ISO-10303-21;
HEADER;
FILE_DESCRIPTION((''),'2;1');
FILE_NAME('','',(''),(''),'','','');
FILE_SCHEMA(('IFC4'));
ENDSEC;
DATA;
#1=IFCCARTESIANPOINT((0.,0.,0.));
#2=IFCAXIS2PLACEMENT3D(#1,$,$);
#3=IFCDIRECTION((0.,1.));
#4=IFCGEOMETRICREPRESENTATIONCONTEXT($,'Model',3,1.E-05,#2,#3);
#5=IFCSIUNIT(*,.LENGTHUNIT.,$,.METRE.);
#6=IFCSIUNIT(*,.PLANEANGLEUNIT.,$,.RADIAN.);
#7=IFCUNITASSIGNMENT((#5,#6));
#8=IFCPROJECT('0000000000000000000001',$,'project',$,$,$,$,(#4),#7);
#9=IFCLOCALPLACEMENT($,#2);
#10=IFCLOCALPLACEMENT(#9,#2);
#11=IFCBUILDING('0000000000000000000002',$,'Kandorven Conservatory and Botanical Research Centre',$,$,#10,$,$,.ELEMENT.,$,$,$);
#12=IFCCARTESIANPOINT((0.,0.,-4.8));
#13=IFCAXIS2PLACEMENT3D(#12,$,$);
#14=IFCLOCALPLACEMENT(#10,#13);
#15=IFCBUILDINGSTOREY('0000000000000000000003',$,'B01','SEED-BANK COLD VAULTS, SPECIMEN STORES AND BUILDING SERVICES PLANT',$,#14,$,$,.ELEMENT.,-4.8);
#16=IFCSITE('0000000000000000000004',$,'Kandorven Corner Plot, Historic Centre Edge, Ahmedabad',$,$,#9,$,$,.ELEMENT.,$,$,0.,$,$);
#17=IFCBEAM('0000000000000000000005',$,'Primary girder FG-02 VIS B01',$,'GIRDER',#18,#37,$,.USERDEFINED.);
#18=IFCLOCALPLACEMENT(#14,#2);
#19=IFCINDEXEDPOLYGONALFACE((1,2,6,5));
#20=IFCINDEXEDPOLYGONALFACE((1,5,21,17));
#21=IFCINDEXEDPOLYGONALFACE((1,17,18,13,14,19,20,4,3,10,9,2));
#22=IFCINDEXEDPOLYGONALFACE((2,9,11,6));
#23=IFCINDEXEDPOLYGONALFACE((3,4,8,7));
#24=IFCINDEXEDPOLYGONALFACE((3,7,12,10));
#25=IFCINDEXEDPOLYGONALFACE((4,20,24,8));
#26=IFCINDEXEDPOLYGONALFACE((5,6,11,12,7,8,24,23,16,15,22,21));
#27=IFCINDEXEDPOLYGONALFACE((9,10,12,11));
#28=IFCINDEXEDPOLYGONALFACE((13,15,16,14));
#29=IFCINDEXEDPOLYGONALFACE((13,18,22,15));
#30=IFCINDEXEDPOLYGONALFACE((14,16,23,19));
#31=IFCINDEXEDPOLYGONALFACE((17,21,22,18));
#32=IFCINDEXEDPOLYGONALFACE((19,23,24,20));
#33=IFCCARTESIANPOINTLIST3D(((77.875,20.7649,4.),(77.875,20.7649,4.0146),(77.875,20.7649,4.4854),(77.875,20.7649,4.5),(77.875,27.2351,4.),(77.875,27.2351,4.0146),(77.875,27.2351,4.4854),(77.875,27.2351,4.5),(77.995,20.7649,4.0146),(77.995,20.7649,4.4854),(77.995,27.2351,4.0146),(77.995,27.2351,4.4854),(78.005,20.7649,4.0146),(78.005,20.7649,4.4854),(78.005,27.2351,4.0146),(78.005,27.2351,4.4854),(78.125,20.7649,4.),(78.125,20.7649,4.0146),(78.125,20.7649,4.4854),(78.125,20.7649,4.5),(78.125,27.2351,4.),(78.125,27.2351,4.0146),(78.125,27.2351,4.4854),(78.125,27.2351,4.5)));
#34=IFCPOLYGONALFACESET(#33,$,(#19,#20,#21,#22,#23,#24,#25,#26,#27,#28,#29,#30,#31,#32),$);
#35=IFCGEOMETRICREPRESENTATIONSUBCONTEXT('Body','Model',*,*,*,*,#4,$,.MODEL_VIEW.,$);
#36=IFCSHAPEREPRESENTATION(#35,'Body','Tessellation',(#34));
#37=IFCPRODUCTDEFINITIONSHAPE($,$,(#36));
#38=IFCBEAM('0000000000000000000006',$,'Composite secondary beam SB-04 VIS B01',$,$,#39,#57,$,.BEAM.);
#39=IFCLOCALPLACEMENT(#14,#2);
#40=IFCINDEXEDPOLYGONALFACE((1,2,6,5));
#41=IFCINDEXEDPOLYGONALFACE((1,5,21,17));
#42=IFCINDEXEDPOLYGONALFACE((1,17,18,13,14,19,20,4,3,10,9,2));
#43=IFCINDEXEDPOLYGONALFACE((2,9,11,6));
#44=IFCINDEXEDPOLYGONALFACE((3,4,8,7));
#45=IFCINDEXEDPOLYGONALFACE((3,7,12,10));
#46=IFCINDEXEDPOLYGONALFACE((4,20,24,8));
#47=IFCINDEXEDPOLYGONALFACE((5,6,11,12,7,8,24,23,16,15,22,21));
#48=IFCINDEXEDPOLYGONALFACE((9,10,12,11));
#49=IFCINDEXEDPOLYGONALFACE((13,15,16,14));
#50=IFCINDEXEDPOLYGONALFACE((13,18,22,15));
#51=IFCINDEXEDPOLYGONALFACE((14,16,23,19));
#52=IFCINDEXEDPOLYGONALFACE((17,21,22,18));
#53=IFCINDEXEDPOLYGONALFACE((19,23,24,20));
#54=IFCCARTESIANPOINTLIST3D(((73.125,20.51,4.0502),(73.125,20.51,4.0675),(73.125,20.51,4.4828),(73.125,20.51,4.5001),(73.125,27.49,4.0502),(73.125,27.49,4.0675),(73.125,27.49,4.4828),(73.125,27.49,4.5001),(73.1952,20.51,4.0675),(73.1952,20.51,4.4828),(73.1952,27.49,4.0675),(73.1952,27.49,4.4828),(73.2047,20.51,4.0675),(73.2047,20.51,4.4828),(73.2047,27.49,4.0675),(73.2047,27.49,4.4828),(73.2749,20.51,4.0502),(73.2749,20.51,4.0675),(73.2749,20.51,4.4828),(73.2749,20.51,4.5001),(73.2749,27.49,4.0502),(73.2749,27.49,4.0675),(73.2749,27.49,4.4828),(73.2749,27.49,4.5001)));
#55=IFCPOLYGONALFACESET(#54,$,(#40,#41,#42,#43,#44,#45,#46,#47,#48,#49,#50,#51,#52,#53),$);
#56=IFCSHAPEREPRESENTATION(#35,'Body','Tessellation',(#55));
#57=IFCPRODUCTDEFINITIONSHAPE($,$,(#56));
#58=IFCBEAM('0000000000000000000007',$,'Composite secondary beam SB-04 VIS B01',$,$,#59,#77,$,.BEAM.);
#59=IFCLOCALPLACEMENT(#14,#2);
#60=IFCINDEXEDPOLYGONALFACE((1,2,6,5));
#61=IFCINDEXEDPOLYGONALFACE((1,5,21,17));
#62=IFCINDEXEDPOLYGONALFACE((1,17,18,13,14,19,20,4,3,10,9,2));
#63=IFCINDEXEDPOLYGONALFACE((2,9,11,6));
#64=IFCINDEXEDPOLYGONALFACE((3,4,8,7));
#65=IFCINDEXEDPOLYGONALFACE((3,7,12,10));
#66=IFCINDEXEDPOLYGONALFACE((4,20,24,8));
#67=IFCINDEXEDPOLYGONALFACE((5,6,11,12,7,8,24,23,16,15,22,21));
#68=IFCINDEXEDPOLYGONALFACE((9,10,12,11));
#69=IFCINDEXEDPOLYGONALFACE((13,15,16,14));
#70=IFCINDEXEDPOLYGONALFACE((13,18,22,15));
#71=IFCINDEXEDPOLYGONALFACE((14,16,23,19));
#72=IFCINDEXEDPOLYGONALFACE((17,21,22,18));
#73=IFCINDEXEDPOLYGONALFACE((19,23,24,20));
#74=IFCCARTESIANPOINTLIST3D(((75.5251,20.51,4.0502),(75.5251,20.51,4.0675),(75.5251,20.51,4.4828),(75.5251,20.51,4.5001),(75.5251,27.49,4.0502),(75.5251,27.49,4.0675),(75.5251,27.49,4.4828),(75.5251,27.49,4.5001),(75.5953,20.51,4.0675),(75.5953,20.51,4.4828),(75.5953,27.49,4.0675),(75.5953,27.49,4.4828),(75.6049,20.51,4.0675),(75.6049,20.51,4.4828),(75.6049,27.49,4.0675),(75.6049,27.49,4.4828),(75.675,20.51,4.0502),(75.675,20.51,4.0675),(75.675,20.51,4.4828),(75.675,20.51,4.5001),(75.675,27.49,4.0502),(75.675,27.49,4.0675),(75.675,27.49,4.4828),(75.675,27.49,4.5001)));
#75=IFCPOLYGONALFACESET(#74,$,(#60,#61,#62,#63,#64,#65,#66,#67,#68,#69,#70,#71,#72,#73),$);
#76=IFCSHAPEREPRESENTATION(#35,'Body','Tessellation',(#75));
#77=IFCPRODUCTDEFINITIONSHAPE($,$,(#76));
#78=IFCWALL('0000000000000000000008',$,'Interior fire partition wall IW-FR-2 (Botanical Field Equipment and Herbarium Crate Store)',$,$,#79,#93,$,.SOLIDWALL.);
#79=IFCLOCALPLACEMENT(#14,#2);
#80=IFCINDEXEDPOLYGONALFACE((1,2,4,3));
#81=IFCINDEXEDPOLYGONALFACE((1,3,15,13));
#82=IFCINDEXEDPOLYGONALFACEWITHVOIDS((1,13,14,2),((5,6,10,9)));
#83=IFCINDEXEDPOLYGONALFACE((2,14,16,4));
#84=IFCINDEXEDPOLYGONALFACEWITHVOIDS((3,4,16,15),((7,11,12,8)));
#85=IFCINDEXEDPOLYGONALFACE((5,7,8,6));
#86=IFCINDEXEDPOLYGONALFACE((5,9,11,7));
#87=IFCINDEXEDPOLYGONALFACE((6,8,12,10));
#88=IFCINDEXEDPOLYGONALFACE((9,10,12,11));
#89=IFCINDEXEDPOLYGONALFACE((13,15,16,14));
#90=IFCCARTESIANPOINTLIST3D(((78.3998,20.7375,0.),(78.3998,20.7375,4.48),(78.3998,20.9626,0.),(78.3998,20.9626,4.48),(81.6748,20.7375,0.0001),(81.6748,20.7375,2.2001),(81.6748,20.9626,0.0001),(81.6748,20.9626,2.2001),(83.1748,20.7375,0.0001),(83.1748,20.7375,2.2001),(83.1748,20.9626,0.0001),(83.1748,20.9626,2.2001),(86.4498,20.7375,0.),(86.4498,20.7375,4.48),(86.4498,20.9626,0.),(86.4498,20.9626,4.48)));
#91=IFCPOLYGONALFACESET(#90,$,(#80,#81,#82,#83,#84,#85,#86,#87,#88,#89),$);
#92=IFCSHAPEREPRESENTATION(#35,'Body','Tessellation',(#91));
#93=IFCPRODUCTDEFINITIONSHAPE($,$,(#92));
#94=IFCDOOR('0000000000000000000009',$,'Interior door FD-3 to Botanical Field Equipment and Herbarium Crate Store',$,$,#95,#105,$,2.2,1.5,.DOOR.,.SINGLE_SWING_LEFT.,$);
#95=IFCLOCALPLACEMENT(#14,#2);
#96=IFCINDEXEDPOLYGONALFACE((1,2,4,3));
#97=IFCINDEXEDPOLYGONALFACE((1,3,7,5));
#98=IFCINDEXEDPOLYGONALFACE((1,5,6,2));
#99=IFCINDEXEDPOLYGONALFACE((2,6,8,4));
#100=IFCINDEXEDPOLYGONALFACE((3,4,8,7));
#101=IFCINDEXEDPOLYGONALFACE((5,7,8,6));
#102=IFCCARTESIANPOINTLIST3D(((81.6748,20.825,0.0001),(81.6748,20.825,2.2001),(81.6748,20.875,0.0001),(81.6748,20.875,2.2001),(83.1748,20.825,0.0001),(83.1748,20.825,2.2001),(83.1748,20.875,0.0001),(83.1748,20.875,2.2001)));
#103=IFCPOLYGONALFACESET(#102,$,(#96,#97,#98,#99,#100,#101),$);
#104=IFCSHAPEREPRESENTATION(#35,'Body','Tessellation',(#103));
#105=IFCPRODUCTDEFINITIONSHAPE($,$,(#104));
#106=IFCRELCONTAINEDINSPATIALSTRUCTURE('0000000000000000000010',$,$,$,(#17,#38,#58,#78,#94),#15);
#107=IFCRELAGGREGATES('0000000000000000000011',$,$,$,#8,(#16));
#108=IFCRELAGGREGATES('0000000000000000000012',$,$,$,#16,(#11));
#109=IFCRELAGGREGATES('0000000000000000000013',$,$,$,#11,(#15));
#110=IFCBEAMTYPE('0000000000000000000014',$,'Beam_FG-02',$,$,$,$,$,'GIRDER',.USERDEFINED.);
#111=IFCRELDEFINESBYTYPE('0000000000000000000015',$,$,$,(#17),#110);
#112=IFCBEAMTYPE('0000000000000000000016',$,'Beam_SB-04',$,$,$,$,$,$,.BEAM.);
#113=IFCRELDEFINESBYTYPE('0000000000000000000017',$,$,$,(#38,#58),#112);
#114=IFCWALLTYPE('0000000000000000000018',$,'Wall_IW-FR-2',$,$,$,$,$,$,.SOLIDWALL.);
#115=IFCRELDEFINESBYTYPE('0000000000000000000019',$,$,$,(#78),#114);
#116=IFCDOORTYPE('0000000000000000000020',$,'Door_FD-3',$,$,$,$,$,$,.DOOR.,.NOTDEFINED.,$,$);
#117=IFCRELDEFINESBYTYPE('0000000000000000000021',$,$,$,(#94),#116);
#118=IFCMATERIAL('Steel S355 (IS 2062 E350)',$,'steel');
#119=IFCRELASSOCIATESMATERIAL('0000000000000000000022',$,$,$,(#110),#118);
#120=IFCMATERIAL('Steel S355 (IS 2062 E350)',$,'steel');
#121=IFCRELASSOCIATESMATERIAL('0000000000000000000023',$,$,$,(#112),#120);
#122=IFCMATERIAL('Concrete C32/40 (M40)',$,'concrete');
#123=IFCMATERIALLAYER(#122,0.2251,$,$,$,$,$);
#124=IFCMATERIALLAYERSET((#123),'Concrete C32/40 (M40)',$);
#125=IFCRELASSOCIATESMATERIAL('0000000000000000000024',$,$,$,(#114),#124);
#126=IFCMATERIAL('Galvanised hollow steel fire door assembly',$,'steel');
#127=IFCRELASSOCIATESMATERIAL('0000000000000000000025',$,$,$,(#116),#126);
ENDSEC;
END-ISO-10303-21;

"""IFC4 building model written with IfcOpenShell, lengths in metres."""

from ifc_helpers import new_model, si_unit, direction, frame, frame_2d, origin, origin_2d, place, context, subcontext, project, spatial, rectangle, i_section, extrude, material, layer, layer_set, material_profile, profile_set, type_object, element, fill, save


model = new_model("IFC4")

# Units and contexts
model_context = context("Model", 3, precision=1e-05, world=origin(), true_north=direction((0.0, 1.0)))
body_context = subcontext(model_context, "Body", "Model", "MODEL_VIEW")
ifc_project = project(units=[si_unit("LENGTHUNIT", "METRE"), si_unit("PLANEANGLEUNIT", "RADIAN")], contexts=[model_context])

# Site, building, storey
site_placement = place(None, origin())
site = spatial("IfcSite", under=ifc_project, at=site_placement, Name="Kandorven Corner Plot, Historic Centre Edge, Ahmedabad", CompositionType="ELEMENT", RefElevation=0.0)
building_placement = place(site_placement, origin())
building = spatial("IfcBuilding", under=site, at=building_placement, Name="Kandorven Conservatory and Botanical Research Centre", CompositionType="ELEMENT")
storey_placement = place(building_placement, frame((0.0, 0.0, -4.8)))
storey = spatial("IfcBuildingStorey", under=building, at=storey_placement, Name="B01", Description="SEED-BANK COLD VAULTS, SPECIMEN STORES AND BUILDING SERVICES PLANT", CompositionType="ELEMENT", Elevation=-4.8)

# Beams
ifc_material_1 = material(Name="Steel S355 (IS 2062 E350)", Category="steel")
ifc_material_profile_1 = material_profile(ifc_material_1, i_section(OverallWidth=0.25, OverallDepth=0.5, WebThickness=0.01, FlangeThickness=0.0146, at=origin_2d()))
ifc_profile_set_1 = profile_set([ifc_material_profile_1], Name="Steel S355 (IS 2062 E350)")
beam_type_1 = type_object("IfcBeamType", Name="Beam_FG-02", ElementType="GIRDER", PredefinedType="USERDEFINED", material=ifc_profile_set_1)
for number, where, z_axis, x_axis, name in (
    (1, (78.0, 20.7649, 4.25), (0.0, 1.0, 0.0), (-1.0, 0.0, 0.0), "Primary girder FG-02 VIS B01"),
):
    element("IfcBeam", number, at=place(storey_placement, frame(where, z_axis=z_axis, x_axis=x_axis)), inside=storey, type_object=beam_type_1, Name=name, ObjectType="GIRDER", PredefinedType="USERDEFINED", context=body_context, shape_type="SweptSolid", body=[
        extrude(i_section(OverallWidth=0.25, OverallDepth=0.5, WebThickness=0.01, FlangeThickness=0.0146, at=origin_2d()), origin(), (0.0, 0.0, 1.0), 6.4702),
    ])
ifc_material_2 = material(Name="Steel S355 (IS 2062 E350)", Category="steel")
ifc_material_profile_2 = material_profile(ifc_material_2, i_section(OverallWidth=0.1499, OverallDepth=0.45, WebThickness=0.0095, FlangeThickness=0.0173, at=origin_2d()))
ifc_profile_set_2 = profile_set([ifc_material_profile_2], Name="Steel S355 (IS 2062 E350)")
beam_type_2 = type_object("IfcBeamType", Name="Beam_SB-04", PredefinedType="BEAM", material=ifc_profile_set_2)
for number, where, z_axis, x_axis, name in (
    (2, (73.2, 20.51, 4.2751), (0.0, 1.0, 0.0), (-1.0, 0.0, 0.0), "Composite secondary beam SB-04 VIS B01"),
    (3, (75.6001, 20.51, 4.2751), (0.0, 1.0, 0.0), (-1.0, 0.0, 0.0), "Composite secondary beam SB-04 VIS B01"),
):
    element("IfcBeam", number, at=place(storey_placement, frame(where, z_axis=z_axis, x_axis=x_axis)), inside=storey, type_object=beam_type_2, Name=name, PredefinedType="BEAM", context=body_context, shape_type="SweptSolid", body=[
        extrude(i_section(OverallWidth=0.1499, OverallDepth=0.45, WebThickness=0.0095, FlangeThickness=0.0173, at=origin_2d()), origin(), (0.0, 0.0, 1.0), 6.98),
    ])

# Wall, opening, door
ifc_material_3 = material(Name="Concrete C32/40 (M40)", Category="concrete")
ifc_layer = layer(ifc_material_3, 0.2251)
ifc_layer_set = layer_set([ifc_layer], Name="Concrete C32/40 (M40)")
wall_type = type_object("IfcWallType", Name="Wall_IW-FR-2", PredefinedType="SOLIDWALL", material=ifc_layer_set)
wall_placement = place(storey_placement, frame((78.3999, 20.8501, 0.0), z_axis=(0.0, 0.0, 1.0), x_axis=(1.0, 0.0, 0.0)))
wall = element("IfcWall", 4, at=wall_placement, inside=storey, type_object=wall_type, Name="Interior fire partition wall IW-FR-2 (Botanical Field Equipment and Herbarium Crate Store)", PredefinedType="SOLIDWALL", context=body_context, shape_type="SweptSolid", body=[
    extrude(rectangle(XDim=8.05, YDim=0.2251, at=frame_2d((4.0249, 0.0))), origin(), (0.0, 0.0, 1.0), 4.48),
])
opening_placement = place(wall_placement, frame((3.2749, 0.0, 0.0)))
opening = element("IfcOpeningElement", 5, at=opening_placement, cuts=wall, PredefinedType="OPENING", context=body_context, shape_type="SweptSolid", body=[
    extrude(rectangle(XDim=1.5, YDim=2.2, at=frame_2d((0.75, 1.1001))), frame((0.0, 0.1226, 0.0), z_axis=(0.0, -1.0, 0.0), x_axis=(1.0, 0.0, 0.0)), (0.0, 0.0, 1.0), 0.2451),
])
ifc_material_4 = material(Name="Galvanised hollow steel fire door assembly", Category="steel")
door_type = type_object("IfcDoorType", Name="Door_FD-3", OperationType="NOTDEFINED", PredefinedType="DOOR", material=ifc_material_4)
door_placement = place(opening_placement, origin())
door = element("IfcDoor", 6, at=door_placement, inside=storey, type_object=door_type, Name="Interior door FD-3 to Botanical Field Equipment and Herbarium Crate Store", OperationType="SINGLE_SWING_LEFT", OverallHeight=2.2, OverallWidth=1.5, PredefinedType="DOOR", context=body_context, shape_type="SweptSolid", body=[
    extrude(rectangle(XDim=1.5, YDim=2.2, at=frame_2d((0.75, 1.1001))), frame((0.0, 0.0249, 0.0), z_axis=(0.0, -1.0, 0.0), x_axis=(1.0, 0.0, 0.0)), (0.0, 0.0, 1.0), 0.05),
])
fill(opening, door)

save(model, "model.ifc")
